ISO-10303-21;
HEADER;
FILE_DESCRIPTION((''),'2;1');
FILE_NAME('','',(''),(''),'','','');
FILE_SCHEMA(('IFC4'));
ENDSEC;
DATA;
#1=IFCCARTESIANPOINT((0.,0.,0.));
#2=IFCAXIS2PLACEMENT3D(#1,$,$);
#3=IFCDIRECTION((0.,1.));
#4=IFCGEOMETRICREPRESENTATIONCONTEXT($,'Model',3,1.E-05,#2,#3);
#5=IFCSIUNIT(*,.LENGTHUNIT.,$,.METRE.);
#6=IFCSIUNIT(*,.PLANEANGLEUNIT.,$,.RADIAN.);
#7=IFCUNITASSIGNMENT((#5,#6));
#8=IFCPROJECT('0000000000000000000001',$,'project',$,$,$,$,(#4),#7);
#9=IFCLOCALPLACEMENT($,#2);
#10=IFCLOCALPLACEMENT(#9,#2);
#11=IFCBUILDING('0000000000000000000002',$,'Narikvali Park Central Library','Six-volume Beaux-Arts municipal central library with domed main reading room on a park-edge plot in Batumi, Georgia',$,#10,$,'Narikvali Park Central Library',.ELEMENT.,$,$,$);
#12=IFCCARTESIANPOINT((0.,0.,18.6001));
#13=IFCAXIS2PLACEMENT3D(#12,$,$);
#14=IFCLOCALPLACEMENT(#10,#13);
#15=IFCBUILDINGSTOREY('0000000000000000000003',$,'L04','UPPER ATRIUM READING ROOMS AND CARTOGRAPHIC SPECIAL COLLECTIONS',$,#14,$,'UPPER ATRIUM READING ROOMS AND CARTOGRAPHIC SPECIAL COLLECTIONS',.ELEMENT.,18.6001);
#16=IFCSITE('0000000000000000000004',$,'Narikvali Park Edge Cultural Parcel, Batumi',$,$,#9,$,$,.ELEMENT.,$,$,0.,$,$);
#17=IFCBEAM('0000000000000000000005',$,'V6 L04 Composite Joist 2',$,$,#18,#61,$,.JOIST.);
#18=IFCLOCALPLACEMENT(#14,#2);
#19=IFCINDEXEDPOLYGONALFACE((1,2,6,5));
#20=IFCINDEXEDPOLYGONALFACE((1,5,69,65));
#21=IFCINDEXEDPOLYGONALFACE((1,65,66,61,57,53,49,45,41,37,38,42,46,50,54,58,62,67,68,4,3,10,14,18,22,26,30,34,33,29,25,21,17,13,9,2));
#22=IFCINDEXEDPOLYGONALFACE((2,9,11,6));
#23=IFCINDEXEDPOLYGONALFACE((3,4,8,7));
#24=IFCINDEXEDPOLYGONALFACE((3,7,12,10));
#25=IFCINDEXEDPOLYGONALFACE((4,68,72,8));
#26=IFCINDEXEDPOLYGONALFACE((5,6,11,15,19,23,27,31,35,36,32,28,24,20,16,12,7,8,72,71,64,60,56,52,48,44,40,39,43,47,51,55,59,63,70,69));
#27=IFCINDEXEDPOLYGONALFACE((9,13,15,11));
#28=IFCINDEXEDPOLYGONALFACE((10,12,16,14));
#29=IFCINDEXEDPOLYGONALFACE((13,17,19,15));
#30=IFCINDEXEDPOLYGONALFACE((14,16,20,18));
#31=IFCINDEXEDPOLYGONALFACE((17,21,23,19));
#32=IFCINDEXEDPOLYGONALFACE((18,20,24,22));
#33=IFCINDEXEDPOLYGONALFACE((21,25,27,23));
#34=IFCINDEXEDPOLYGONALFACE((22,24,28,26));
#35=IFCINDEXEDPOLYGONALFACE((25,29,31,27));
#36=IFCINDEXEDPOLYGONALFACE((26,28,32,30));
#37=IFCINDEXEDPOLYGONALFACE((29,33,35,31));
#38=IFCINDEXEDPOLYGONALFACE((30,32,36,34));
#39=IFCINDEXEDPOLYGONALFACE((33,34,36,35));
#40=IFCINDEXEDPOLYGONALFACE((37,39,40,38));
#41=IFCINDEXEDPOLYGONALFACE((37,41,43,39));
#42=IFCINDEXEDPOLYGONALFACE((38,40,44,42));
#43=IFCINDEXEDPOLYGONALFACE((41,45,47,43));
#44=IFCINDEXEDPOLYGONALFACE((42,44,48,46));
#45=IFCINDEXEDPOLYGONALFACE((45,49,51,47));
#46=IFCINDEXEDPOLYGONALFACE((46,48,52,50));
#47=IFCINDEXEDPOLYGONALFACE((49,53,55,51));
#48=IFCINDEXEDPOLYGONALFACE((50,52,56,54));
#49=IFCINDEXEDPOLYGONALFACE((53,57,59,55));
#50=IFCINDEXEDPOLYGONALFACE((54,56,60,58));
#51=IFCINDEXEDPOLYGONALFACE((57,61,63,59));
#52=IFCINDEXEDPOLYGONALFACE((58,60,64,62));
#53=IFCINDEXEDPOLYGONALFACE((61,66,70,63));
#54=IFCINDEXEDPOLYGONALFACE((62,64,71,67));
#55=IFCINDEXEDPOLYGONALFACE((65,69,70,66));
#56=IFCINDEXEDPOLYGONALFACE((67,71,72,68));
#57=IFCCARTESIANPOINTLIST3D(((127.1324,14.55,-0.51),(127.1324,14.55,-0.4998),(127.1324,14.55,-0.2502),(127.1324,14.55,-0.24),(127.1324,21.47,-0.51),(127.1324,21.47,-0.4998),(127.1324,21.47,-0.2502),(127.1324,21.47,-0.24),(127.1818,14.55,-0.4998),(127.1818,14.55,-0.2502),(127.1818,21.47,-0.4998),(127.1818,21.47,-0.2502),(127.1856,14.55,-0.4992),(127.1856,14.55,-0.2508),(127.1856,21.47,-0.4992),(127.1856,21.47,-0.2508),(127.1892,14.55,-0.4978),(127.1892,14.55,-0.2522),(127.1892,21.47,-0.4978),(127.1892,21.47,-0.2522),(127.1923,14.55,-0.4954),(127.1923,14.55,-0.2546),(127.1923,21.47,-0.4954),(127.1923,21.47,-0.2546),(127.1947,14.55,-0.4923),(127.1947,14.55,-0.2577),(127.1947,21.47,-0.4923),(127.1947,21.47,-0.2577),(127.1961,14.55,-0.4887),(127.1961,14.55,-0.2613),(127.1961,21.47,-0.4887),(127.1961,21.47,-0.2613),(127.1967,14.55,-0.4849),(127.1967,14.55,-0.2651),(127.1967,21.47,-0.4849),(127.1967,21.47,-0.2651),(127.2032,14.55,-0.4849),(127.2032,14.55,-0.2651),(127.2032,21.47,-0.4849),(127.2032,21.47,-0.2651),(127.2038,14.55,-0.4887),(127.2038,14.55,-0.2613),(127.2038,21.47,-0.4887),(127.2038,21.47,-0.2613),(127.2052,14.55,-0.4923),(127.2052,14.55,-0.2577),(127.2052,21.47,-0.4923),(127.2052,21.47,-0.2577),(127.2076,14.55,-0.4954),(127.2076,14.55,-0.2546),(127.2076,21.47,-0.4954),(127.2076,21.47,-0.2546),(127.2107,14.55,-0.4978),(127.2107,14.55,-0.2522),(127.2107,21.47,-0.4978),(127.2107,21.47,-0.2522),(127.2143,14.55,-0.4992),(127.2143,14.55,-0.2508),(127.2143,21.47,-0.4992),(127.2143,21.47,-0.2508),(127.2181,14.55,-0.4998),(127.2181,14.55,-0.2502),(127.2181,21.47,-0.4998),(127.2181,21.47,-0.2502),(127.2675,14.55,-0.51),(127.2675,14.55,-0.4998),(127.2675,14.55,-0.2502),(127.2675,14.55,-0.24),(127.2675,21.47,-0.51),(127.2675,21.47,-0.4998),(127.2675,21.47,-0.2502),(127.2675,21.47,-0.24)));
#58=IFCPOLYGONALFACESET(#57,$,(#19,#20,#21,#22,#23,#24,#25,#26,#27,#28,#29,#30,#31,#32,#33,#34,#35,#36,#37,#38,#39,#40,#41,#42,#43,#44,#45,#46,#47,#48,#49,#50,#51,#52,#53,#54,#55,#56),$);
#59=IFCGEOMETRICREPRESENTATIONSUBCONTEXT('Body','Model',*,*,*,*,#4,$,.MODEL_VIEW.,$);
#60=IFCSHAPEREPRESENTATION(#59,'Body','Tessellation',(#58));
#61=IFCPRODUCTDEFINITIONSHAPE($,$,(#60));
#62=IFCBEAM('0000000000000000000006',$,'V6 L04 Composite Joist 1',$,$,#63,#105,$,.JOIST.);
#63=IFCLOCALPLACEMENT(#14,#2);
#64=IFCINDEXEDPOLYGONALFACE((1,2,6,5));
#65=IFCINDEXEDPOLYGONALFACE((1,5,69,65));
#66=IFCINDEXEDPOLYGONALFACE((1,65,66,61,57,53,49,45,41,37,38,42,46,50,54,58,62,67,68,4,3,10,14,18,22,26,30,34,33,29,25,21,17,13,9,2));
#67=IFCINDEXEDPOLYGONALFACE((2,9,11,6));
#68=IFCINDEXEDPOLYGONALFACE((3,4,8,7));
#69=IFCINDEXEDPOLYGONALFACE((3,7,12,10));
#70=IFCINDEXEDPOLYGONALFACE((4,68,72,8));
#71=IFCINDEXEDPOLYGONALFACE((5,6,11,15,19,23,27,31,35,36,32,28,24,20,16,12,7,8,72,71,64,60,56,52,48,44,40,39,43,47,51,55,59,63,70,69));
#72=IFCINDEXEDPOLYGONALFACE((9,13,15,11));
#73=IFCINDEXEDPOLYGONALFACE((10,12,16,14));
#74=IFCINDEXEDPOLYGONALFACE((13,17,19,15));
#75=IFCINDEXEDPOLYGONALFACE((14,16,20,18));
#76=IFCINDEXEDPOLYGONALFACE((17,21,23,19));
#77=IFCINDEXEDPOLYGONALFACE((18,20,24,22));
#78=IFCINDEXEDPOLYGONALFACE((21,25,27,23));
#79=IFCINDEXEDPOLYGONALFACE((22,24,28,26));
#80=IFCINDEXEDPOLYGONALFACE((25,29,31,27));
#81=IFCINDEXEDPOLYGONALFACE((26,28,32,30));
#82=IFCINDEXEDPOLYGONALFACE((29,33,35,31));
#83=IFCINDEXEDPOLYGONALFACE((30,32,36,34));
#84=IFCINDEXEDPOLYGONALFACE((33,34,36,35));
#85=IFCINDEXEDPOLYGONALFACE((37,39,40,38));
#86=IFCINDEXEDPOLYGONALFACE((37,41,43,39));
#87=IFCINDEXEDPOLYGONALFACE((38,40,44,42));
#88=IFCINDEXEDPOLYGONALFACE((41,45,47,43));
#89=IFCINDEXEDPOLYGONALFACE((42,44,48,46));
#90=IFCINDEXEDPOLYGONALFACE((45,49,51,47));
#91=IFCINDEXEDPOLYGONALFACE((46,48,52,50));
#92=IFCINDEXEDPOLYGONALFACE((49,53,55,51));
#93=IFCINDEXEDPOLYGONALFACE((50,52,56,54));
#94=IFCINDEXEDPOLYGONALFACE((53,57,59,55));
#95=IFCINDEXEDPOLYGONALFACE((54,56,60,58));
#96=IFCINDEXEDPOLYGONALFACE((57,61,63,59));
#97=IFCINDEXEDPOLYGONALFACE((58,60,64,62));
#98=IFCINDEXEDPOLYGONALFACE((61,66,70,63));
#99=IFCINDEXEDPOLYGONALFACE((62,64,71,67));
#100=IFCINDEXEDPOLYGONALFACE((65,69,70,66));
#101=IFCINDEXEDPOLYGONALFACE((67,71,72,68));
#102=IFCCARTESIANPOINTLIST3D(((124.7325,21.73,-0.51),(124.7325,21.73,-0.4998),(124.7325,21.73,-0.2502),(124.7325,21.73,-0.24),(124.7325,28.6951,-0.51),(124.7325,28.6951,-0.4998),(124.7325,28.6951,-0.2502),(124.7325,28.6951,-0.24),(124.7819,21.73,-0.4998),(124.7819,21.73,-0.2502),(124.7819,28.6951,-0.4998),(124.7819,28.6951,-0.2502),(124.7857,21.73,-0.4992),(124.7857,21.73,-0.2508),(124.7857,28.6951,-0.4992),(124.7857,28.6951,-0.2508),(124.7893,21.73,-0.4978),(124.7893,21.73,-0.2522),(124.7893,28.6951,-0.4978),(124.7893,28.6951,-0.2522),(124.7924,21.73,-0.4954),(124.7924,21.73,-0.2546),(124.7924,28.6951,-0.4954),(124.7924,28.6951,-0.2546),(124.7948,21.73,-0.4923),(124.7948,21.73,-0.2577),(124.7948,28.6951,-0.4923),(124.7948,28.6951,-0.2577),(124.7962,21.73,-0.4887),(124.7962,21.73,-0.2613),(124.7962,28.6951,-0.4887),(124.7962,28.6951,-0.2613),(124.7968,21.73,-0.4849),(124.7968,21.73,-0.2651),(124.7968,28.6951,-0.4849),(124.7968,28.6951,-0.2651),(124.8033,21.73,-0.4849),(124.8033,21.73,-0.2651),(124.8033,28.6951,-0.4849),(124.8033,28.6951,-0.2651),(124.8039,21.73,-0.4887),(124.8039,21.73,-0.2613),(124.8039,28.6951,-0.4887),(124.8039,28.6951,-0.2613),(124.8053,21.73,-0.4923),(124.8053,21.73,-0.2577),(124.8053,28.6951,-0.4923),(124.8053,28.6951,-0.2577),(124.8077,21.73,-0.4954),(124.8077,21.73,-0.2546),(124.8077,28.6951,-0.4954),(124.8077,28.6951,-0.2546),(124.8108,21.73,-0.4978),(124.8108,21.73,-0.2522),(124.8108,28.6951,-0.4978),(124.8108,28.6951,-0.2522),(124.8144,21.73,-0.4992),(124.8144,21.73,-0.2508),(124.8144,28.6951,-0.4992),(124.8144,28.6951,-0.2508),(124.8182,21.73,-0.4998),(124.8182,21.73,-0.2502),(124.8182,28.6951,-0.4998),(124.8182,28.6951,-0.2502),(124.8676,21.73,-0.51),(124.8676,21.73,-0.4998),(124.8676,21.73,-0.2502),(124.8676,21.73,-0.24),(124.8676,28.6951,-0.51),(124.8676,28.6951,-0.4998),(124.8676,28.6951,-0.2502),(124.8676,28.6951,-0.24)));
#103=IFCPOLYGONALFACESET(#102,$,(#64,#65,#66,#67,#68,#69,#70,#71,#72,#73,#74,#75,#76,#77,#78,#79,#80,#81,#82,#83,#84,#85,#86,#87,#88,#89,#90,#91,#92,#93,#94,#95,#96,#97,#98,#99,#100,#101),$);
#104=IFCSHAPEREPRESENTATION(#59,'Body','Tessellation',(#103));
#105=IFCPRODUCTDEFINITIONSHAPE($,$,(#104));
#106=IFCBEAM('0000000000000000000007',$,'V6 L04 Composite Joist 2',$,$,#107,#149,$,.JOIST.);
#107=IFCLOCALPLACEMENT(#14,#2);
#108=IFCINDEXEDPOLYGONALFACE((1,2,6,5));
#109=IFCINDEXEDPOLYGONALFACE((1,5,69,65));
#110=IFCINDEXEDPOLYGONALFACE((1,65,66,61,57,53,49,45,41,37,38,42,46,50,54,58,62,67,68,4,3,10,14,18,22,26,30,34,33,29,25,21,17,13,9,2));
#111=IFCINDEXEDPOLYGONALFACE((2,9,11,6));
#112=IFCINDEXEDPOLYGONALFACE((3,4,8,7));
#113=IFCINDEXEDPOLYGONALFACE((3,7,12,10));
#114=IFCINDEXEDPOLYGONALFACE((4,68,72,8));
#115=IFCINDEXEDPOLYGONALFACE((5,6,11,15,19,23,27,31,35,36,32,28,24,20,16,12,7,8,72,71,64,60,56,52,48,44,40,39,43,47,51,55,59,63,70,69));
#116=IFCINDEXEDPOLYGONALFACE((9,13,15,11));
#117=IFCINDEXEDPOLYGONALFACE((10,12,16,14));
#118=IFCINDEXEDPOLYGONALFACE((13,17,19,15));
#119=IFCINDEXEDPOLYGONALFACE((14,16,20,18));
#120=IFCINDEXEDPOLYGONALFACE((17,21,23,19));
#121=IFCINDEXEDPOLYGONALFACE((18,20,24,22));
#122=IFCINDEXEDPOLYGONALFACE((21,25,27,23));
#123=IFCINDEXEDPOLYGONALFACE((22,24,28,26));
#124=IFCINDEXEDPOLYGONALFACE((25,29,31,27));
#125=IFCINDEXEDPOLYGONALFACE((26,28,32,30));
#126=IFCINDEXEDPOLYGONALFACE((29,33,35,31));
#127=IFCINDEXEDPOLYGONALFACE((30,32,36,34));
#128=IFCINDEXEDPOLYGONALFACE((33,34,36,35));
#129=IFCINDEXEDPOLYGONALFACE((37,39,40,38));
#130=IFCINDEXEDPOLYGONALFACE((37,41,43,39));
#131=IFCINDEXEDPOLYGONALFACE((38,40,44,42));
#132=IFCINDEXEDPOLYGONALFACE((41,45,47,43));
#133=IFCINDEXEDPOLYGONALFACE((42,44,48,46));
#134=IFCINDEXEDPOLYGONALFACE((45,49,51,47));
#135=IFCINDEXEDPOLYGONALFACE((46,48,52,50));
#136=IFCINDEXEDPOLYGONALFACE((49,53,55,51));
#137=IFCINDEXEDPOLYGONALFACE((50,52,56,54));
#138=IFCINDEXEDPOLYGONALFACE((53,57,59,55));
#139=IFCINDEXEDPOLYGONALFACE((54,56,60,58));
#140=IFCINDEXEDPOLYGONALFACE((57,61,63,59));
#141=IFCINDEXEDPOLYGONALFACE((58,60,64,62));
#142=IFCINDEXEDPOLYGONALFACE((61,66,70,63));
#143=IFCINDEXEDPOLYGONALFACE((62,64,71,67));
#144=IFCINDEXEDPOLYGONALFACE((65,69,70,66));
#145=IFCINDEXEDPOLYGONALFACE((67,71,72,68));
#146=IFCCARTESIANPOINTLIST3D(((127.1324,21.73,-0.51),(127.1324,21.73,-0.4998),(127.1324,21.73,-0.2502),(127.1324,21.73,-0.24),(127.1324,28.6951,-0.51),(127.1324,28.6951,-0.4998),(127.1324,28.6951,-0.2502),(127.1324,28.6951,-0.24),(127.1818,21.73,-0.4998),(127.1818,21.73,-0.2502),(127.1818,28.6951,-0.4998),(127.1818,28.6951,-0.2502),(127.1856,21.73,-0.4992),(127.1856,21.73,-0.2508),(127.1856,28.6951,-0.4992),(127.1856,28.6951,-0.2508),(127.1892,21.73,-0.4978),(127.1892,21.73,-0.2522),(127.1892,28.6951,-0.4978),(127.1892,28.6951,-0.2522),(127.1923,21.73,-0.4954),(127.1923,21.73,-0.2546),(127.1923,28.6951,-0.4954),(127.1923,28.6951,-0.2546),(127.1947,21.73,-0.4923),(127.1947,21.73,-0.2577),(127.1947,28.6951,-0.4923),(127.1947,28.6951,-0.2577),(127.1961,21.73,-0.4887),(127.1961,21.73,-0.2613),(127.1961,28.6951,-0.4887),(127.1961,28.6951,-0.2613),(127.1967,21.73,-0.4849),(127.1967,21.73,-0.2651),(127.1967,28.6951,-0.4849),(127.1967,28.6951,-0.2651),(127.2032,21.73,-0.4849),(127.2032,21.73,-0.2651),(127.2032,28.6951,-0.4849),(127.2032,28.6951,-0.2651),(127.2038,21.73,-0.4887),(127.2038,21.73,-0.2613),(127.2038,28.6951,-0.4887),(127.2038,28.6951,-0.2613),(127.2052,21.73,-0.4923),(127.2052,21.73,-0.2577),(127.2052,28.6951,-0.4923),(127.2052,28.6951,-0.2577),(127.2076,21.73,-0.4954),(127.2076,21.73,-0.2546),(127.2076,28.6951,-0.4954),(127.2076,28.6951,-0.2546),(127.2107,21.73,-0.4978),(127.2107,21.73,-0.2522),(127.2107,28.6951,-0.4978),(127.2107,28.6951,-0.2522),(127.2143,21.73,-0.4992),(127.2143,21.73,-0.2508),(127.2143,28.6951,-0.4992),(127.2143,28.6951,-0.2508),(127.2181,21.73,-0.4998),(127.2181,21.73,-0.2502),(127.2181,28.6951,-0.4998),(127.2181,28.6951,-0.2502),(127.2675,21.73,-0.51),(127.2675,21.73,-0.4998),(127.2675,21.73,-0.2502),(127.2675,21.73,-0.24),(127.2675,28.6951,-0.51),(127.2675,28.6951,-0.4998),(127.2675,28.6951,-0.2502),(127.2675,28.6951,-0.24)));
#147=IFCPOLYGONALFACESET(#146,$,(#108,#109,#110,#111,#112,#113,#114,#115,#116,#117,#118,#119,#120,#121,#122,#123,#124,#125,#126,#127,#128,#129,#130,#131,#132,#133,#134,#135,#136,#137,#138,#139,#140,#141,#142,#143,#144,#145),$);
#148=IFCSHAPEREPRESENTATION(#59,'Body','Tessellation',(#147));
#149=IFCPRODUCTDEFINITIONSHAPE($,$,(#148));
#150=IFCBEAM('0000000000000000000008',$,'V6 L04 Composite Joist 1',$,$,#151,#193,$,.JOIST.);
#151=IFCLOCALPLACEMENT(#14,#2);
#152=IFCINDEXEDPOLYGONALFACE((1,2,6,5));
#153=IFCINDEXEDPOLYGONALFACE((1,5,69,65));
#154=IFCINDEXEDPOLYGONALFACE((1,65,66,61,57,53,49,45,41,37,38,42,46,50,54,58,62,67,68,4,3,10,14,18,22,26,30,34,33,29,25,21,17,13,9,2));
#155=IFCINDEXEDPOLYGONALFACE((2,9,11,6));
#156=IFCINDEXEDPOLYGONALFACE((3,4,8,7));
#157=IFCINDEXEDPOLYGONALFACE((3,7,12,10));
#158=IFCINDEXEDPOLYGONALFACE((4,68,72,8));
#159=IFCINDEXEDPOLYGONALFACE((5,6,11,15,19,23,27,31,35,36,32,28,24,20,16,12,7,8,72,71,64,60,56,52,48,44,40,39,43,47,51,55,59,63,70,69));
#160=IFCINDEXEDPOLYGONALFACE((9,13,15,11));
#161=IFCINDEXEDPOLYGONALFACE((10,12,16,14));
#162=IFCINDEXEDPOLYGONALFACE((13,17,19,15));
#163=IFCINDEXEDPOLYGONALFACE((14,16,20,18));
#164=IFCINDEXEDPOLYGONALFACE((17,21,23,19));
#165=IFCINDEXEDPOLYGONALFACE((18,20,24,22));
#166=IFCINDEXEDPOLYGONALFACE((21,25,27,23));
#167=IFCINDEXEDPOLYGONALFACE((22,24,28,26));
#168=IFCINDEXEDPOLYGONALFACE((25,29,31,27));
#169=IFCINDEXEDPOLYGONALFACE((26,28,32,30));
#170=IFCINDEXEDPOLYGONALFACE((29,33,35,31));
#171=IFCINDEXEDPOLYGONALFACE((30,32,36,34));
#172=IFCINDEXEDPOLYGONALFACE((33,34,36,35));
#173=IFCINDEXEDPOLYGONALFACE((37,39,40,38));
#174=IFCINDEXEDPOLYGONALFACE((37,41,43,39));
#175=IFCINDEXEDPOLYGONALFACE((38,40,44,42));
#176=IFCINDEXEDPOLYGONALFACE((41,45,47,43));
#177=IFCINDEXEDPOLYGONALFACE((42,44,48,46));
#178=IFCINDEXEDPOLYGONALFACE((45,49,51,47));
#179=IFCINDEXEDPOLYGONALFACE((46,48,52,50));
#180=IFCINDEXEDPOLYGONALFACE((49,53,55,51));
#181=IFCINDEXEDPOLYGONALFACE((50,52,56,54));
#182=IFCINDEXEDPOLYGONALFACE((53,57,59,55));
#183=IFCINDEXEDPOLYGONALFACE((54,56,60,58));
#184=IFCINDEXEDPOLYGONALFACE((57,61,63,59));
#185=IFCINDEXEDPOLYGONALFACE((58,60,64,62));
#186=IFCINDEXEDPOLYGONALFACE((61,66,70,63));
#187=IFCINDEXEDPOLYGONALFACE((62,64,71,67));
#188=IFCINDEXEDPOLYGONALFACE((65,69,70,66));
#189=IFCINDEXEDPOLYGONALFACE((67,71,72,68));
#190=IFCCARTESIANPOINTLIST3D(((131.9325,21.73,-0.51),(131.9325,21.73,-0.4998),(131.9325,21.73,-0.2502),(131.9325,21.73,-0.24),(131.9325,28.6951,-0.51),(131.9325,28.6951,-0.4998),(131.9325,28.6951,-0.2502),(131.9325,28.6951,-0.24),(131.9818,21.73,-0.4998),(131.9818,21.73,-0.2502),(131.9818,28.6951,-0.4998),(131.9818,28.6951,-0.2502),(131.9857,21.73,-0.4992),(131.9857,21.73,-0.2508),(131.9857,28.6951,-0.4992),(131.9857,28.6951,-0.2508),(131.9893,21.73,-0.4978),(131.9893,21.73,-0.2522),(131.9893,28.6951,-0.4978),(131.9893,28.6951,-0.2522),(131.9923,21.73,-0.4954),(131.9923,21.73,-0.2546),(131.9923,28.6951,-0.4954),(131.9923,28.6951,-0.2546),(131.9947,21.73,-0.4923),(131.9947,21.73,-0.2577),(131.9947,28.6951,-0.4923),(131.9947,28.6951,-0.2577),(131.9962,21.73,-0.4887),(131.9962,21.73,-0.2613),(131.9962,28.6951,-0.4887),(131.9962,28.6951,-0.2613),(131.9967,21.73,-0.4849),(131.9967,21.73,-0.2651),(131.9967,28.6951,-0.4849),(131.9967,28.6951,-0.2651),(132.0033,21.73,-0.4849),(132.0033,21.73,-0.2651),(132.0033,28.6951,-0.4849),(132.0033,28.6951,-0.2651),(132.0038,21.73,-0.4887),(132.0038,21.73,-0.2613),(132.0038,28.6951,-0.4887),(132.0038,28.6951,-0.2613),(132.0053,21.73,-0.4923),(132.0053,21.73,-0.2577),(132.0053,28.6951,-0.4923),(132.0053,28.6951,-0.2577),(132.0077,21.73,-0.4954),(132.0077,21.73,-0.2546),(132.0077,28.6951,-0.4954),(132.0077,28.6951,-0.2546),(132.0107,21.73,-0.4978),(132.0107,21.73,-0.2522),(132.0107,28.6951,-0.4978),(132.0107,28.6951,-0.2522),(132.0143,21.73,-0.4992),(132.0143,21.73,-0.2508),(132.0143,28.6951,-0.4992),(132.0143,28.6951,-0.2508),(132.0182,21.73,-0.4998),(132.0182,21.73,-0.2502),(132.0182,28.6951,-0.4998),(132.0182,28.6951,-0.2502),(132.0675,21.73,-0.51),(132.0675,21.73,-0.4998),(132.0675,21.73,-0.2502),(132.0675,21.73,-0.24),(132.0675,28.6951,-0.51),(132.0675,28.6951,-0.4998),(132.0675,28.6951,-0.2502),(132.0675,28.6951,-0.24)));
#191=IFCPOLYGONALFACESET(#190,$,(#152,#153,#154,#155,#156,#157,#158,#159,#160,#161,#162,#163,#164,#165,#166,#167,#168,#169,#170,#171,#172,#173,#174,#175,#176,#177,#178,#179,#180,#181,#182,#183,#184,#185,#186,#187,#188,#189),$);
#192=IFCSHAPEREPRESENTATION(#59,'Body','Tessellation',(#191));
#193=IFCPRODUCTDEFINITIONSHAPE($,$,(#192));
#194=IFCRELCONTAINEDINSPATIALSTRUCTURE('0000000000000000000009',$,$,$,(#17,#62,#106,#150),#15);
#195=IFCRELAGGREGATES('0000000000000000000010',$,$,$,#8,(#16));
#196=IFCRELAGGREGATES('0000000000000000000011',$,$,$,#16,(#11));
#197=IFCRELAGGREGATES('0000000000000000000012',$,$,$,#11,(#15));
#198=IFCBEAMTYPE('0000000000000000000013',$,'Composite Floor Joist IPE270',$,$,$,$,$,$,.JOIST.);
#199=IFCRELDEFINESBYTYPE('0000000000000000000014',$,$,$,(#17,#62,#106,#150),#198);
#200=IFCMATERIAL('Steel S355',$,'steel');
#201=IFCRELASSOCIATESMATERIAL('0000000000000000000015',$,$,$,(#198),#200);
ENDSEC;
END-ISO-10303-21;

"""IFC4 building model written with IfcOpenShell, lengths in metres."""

from ifc_helpers import new_model, si_unit, direction, frame, origin, origin_2d, place, context, subcontext, project, spatial, i_section, extrude, material, material_profile, profile_set, type_object, element, save


model = new_model("IFC4")

# Units and contexts
model_context = context("Model", 3, precision=1e-05, world=origin(), true_north=direction((0.0, 1.0)))
body_context = subcontext(model_context, "Body", "Model", "MODEL_VIEW")
ifc_project = project(units=[si_unit("LENGTHUNIT", "METRE"), si_unit("PLANEANGLEUNIT", "RADIAN")], contexts=[model_context])

# Site, building, storey
site_placement = place(None, origin())
site = spatial("IfcSite", under=ifc_project, at=site_placement, Name="Narikvali Park Edge Cultural Parcel, Batumi", CompositionType="ELEMENT", RefElevation=0.0)
building_placement = place(site_placement, origin())
building = spatial("IfcBuilding", under=site, at=building_placement, Name="Narikvali Park Central Library", Description="Six-volume Beaux-Arts municipal central library with domed main reading room on a park-edge plot in Batumi, Georgia", LongName="Narikvali Park Central Library", CompositionType="ELEMENT")
storey_placement = place(building_placement, frame((0.0, 0.0, 18.6001)))
storey = spatial("IfcBuildingStorey", under=building, at=storey_placement, Name="L04", Description="UPPER ATRIUM READING ROOMS AND CARTOGRAPHIC SPECIAL COLLECTIONS", LongName="UPPER ATRIUM READING ROOMS AND CARTOGRAPHIC SPECIAL COLLECTIONS", CompositionType="ELEMENT", Elevation=18.6001)

# Beams
ifc_material_1 = material(Name="Steel S355", Category="steel")
ifc_material_profile_1 = material_profile(ifc_material_1, i_section(OverallWidth=0.135, OverallDepth=0.27, WebThickness=0.0066, FlangeThickness=0.0103, FilletRadius=0.0149, at=origin_2d()), Name="IPE 270")
ifc_profile_set_1 = profile_set([ifc_material_profile_1], Name="Steel S355")
beam_type_1 = type_object("IfcBeamType", Name="Composite Floor Joist IPE270", PredefinedType="JOIST", material=ifc_profile_set_1)
for number, where, z_axis, x_axis, name in (
    (1, (127.2, 14.55, -0.375), (0.0, 1.0, 0.0), (-1.0, 0.0, 0.0), "V6 L04 Composite Joist 2"),
):
    element("IfcBeam", number, at=place(storey_placement, frame(where, z_axis=z_axis, x_axis=x_axis)), inside=storey, type_object=beam_type_1, Name=name, PredefinedType="JOIST", context=body_context, shape_type="SweptSolid", body=[
        extrude(i_section(OverallWidth=0.135, OverallDepth=0.27, WebThickness=0.0066, FlangeThickness=0.0103, FilletRadius=0.0149, at=origin_2d()), origin(), (0.0, 0.0, 1.0), 6.9199),
    ])
for number, where, z_axis, x_axis, name in (
    (2, (124.8, 21.73, -0.375), (0.0, 1.0, 0.0), (-1.0, 0.0, 0.0), "V6 L04 Composite Joist 1"),
    (3, (127.2, 21.73, -0.375), (0.0, 1.0, 0.0), (-1.0, 0.0, 0.0), "V6 L04 Composite Joist 2"),
    (4, (132.0, 21.73, -0.375), (0.0, 1.0, 0.0), (-1.0, 0.0, 0.0), "V6 L04 Composite Joist 1"),
):
    element("IfcBeam", number, at=place(storey_placement, frame(where, z_axis=z_axis, x_axis=x_axis)), inside=storey, type_object=beam_type_1, Name=name, PredefinedType="JOIST", context=body_context, shape_type="SweptSolid", body=[
        extrude(i_section(OverallWidth=0.135, OverallDepth=0.27, WebThickness=0.0066, FlangeThickness=0.0103, FilletRadius=0.0149, at=origin_2d()), origin(), (0.0, 0.0, 1.0), 6.9651),
    ])

save(model, "model.ifc")
